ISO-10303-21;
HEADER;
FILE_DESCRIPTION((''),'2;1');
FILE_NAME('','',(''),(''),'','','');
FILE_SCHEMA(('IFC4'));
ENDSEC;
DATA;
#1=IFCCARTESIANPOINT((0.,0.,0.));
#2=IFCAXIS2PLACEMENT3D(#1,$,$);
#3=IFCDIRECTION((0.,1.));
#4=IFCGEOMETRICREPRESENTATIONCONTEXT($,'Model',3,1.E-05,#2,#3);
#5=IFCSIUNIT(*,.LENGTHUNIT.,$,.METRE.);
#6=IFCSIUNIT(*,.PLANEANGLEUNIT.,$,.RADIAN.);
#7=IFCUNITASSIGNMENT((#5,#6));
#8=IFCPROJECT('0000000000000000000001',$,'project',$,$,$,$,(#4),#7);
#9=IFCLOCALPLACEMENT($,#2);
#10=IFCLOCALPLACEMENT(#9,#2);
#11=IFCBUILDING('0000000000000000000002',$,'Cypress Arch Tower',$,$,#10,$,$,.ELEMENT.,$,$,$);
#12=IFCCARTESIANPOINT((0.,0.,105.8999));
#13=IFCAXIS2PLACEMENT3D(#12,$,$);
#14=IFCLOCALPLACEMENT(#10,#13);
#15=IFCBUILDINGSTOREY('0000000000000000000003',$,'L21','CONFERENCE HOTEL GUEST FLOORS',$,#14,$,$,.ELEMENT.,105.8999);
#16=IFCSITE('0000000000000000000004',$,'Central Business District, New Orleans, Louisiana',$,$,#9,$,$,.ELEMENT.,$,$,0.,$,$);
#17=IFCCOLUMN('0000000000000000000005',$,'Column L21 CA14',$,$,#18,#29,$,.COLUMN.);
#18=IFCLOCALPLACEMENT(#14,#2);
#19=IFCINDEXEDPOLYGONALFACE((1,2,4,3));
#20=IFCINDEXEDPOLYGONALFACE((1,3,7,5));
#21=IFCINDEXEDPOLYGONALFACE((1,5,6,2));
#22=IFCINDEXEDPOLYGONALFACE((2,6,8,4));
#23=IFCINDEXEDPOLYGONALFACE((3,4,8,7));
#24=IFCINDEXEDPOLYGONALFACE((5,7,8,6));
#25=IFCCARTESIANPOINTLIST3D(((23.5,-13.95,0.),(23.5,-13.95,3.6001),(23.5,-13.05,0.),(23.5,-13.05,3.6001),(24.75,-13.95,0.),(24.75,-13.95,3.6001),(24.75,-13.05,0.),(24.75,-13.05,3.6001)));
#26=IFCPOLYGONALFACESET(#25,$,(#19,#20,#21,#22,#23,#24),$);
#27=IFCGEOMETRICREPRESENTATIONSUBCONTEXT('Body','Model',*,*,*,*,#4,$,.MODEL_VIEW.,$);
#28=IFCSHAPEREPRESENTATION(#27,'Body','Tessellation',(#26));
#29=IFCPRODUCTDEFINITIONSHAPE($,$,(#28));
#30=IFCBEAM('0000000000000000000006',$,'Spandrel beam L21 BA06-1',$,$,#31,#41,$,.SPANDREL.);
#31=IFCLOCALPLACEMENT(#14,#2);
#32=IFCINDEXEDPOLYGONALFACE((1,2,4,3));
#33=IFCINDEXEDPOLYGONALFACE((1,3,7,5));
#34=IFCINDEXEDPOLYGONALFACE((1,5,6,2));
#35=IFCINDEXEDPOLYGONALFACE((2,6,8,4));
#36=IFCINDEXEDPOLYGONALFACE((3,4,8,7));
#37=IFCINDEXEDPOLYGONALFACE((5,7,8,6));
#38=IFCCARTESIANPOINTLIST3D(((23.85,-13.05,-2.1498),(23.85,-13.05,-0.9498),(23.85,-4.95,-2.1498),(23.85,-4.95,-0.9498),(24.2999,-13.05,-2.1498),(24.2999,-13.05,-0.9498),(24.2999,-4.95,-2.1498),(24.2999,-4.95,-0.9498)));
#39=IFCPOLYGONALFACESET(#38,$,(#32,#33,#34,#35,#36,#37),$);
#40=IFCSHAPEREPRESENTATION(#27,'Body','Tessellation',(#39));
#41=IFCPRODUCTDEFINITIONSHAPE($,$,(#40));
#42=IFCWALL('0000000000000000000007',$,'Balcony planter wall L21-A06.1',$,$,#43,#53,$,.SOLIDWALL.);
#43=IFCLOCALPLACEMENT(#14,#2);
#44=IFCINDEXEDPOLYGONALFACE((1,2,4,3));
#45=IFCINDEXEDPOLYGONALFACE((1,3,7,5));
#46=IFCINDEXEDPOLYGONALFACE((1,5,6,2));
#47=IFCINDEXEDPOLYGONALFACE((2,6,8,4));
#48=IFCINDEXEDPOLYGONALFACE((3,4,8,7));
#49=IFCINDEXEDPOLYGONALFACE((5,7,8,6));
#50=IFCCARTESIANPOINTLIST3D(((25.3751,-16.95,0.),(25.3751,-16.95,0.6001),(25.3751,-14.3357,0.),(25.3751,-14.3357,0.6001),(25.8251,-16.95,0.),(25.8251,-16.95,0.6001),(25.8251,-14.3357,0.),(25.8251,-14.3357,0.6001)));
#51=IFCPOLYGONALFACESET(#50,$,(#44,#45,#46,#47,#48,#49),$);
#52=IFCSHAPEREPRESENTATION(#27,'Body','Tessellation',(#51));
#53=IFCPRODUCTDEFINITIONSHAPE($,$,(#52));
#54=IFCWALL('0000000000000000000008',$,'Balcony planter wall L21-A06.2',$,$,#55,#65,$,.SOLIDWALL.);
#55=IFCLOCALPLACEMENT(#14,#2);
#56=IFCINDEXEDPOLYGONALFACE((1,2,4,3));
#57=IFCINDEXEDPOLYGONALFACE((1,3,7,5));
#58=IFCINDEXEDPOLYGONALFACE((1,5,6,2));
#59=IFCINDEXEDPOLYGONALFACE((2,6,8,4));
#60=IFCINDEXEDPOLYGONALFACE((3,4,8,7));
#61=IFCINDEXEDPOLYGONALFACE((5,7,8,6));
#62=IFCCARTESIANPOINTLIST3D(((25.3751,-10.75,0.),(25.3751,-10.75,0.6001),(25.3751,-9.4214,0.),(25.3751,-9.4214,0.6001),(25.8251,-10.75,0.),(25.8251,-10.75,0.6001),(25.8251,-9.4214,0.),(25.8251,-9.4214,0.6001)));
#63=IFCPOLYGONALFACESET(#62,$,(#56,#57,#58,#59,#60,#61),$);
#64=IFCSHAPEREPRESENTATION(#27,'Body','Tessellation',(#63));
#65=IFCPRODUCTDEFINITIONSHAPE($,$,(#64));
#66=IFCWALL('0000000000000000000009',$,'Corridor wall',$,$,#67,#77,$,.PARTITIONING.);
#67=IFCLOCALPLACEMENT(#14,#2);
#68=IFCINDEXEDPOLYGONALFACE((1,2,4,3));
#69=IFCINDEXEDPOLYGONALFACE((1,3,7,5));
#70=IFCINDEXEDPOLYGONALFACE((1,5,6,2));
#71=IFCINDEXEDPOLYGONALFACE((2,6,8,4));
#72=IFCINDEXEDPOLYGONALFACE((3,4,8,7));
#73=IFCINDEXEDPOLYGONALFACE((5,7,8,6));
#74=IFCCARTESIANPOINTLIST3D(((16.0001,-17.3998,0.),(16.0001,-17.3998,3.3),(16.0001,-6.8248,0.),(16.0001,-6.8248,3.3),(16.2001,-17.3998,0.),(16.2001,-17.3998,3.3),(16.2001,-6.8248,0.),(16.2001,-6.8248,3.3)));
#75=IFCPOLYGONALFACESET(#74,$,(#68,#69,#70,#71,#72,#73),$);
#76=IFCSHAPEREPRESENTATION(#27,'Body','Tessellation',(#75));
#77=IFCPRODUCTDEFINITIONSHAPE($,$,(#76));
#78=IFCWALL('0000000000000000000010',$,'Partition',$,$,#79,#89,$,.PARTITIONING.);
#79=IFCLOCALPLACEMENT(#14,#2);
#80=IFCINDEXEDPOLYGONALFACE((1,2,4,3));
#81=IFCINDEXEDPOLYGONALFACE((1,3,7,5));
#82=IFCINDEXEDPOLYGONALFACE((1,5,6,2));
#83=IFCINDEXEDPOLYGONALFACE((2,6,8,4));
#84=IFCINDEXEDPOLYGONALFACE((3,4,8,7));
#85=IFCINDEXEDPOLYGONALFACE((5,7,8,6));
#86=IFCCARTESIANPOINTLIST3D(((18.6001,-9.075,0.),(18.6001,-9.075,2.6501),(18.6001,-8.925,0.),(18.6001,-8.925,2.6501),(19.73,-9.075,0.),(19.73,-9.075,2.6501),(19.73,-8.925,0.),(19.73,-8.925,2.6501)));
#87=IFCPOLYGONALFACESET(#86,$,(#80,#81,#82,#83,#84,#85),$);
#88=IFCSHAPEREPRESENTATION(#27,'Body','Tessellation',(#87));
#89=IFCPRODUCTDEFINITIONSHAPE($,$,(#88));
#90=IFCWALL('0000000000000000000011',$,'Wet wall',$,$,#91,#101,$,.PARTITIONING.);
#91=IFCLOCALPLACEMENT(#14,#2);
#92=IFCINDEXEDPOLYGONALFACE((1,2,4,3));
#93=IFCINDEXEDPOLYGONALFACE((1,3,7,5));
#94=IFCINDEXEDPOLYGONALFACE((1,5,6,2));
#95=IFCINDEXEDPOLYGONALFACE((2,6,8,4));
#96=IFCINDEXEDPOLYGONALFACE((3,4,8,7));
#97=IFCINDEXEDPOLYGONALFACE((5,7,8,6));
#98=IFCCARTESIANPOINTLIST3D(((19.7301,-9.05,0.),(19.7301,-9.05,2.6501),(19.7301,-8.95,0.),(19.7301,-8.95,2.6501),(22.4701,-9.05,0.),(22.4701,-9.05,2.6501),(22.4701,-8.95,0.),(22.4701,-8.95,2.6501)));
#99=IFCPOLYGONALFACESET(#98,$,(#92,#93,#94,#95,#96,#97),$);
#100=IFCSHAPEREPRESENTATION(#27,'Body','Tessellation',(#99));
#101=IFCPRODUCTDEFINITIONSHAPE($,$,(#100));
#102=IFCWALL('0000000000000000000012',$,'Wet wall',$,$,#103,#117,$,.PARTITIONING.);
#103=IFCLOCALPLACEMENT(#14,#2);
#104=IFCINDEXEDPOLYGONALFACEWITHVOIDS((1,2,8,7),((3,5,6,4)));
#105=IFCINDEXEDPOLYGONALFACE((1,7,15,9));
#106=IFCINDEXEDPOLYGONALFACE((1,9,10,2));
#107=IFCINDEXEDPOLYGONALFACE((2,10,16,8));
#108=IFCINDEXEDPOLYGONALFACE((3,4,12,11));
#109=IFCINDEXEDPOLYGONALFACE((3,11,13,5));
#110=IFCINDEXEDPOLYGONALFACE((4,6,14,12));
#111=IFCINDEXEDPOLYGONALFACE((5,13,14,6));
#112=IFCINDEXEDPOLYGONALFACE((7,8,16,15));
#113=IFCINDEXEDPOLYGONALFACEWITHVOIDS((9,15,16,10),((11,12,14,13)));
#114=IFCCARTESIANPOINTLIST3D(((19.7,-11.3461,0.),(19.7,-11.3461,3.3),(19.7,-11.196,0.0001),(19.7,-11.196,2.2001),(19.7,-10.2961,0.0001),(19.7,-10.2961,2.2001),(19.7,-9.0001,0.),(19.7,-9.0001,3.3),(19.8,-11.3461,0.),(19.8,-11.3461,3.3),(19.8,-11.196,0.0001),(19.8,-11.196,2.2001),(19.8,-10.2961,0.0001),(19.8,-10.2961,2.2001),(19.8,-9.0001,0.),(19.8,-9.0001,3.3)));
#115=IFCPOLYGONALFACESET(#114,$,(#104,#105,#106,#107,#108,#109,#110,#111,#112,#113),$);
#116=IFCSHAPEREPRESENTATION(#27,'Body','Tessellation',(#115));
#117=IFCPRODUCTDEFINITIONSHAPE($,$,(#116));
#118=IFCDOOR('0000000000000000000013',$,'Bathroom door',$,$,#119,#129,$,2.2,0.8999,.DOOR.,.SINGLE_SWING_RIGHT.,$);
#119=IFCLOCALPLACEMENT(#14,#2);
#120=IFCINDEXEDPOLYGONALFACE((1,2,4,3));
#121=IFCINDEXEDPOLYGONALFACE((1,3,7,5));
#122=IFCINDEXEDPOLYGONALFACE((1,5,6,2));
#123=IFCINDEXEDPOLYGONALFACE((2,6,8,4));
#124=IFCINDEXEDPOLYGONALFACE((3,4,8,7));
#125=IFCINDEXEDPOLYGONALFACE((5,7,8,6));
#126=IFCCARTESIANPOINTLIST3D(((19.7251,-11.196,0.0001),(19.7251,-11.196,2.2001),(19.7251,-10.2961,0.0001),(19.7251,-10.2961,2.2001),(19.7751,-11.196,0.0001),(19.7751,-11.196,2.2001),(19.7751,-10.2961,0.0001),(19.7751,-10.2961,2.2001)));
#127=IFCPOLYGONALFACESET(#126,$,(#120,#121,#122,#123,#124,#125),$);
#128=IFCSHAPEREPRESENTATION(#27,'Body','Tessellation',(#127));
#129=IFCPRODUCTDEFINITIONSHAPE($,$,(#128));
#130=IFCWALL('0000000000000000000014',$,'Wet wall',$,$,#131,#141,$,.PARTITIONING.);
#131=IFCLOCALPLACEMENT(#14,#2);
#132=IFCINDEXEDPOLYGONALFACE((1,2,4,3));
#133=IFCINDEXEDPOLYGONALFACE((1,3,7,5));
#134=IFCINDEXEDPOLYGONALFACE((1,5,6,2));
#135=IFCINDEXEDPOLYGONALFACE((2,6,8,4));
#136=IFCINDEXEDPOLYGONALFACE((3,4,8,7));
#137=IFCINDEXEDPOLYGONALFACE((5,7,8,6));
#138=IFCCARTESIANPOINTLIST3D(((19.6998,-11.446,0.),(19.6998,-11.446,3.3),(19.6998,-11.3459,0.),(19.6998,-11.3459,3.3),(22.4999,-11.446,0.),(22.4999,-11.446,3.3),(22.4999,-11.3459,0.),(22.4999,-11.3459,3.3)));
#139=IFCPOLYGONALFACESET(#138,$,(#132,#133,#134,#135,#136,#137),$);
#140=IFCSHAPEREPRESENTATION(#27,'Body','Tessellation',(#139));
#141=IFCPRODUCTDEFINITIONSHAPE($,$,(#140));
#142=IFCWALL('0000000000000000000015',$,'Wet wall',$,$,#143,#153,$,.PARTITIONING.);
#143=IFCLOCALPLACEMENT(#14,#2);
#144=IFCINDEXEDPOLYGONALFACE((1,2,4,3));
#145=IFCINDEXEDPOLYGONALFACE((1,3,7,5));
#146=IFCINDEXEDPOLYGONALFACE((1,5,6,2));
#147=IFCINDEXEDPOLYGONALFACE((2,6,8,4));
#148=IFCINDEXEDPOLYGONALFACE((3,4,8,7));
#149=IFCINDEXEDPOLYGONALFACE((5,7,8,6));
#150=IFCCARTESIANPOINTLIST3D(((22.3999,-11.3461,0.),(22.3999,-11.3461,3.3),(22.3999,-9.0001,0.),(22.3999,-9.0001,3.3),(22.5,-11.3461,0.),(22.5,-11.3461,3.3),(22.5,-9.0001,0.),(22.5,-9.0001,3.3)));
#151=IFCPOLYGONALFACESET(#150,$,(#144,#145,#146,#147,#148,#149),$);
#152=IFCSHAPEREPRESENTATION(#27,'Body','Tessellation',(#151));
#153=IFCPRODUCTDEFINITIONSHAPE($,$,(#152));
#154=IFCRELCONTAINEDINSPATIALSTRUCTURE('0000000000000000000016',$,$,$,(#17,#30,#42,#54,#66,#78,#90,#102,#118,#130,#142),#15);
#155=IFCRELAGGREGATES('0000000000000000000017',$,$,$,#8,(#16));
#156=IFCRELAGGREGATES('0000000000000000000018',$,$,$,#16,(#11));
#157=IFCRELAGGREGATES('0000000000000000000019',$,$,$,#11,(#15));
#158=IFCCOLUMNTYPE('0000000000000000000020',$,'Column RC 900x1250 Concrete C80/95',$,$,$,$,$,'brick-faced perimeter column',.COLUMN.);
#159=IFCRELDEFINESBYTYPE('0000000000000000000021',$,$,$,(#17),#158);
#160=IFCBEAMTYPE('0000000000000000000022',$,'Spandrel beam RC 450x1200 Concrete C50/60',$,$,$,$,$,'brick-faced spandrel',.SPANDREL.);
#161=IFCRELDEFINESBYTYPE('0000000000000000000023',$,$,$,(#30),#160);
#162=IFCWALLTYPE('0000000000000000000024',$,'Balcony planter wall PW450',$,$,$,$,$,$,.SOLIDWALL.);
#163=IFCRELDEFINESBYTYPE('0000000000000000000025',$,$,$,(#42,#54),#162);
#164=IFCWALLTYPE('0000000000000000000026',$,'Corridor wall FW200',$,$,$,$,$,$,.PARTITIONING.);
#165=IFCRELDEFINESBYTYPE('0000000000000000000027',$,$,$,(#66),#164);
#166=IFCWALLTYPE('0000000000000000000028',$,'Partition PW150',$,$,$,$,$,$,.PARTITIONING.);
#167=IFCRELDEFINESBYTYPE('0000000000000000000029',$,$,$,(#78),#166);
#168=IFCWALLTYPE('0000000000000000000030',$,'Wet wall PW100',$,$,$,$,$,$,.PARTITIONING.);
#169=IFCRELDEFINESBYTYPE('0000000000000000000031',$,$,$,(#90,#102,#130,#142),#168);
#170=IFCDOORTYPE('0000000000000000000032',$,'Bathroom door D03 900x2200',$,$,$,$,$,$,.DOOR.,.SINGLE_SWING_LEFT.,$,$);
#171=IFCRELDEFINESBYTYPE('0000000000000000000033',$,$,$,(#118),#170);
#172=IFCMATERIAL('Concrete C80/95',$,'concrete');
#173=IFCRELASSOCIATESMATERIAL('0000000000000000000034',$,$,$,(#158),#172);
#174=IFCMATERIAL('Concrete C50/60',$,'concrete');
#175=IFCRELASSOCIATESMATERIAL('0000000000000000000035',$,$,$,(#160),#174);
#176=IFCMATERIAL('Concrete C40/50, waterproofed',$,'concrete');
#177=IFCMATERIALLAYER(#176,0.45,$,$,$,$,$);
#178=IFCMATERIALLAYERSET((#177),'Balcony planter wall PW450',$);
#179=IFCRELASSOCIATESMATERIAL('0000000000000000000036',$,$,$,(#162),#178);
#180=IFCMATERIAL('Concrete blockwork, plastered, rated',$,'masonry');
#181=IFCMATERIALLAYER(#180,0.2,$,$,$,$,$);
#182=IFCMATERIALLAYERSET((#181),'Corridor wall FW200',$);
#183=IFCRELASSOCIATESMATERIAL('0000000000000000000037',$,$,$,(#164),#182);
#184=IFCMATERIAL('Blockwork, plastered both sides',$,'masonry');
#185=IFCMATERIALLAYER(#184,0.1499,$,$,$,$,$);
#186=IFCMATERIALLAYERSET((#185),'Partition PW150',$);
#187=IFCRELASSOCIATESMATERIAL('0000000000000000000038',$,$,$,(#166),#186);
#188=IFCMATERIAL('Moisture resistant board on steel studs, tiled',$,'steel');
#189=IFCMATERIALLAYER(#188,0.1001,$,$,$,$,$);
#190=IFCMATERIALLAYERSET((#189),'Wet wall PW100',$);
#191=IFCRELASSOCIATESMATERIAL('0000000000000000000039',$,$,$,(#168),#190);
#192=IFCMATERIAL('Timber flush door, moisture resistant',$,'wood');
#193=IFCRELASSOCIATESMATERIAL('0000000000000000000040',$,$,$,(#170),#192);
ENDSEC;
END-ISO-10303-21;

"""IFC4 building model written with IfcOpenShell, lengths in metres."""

from ifc_helpers import new_model, si_unit, direction, frame, frame_2d, origin, origin_2d, place, context, subcontext, project, spatial, rectangle, extrude, material, layer, layer_set, material_profile, profile_set, type_object, element, fill, save


model = new_model("IFC4")

# Units and contexts
model_context = context("Model", 3, precision=1e-05, world=origin(), true_north=direction((0.0, 1.0)))
body_context = subcontext(model_context, "Body", "Model", "MODEL_VIEW")
ifc_project = project(units=[si_unit("LENGTHUNIT", "METRE"), si_unit("PLANEANGLEUNIT", "RADIAN")], contexts=[model_context])

# Site, building, storey
site_placement = place(None, origin())
site = spatial("IfcSite", under=ifc_project, at=site_placement, Name="Central Business District, New Orleans, Louisiana", CompositionType="ELEMENT", RefElevation=0.0)
building_placement = place(site_placement, origin())
building = spatial("IfcBuilding", under=site, at=building_placement, Name="Cypress Arch Tower", CompositionType="ELEMENT")
storey_placement = place(building_placement, frame((0.0, 0.0, 105.8999)))
storey = spatial("IfcBuildingStorey", under=building, at=storey_placement, Name="L21", Description="CONFERENCE HOTEL GUEST FLOORS", CompositionType="ELEMENT", Elevation=105.8999)

# Column
ifc_material_1 = material(Name="Concrete C80/95", Category="concrete")
ifc_material_profile_1 = material_profile(ifc_material_1, rectangle(XDim=0.8999, YDim=1.25, at=origin_2d()), Name="RC 900x1250")
ifc_profile_set_1 = profile_set([ifc_material_profile_1], Name="Concrete C80/95")
column_type = type_object("IfcColumnType", Name="Column RC 900x1250 Concrete C80/95", ElementType="brick-faced perimeter column", PredefinedType="COLUMN", material=ifc_profile_set_1)
column_placement = place(storey_placement, frame((24.125, -13.5, 0.0), z_axis=(0.0, 0.0, 1.0), x_axis=(0.0, 1.0, 0.0)))
element("IfcColumn", 1, at=column_placement, inside=storey, type_object=column_type, Name="Column L21 CA14", PredefinedType="COLUMN", context=body_context, shape_type="SweptSolid", body=[
    extrude(rectangle(XDim=0.8999, YDim=1.25, at=origin_2d()), origin(), (0.0, 0.0, 1.0), 3.6001),
])

# Beam
ifc_material_2 = material(Name="Concrete C50/60", Category="concrete")
ifc_material_profile_2 = material_profile(ifc_material_2, rectangle(XDim=0.45, YDim=1.2, at=origin_2d()), Name="RC 450x1200")
ifc_profile_set_2 = profile_set([ifc_material_profile_2], Name="Concrete C50/60")
beam_type = type_object("IfcBeamType", Name="Spandrel beam RC 450x1200 Concrete C50/60", ElementType="brick-faced spandrel", PredefinedType="SPANDREL", material=ifc_profile_set_2)
beam_placement = place(storey_placement, frame((24.075, -13.05, -1.5498), z_axis=(0.0, 1.0, 0.0), x_axis=(-1.0, 0.0, 0.0)))
element("IfcBeam", 2, at=beam_placement, inside=storey, type_object=beam_type, Name="Spandrel beam L21 BA06-1", PredefinedType="SPANDREL", context=body_context, shape_type="SweptSolid", body=[
    extrude(rectangle(XDim=0.45, YDim=1.2, at=origin_2d()), origin(), (0.0, 0.0, 1.0), 8.1001),
])

# Walls
ifc_material_3 = material(Name="Concrete C40/50, waterproofed", Category="concrete")
ifc_layer_1 = layer(ifc_material_3, 0.45)
ifc_layer_set_1 = layer_set([ifc_layer_1], Name="Balcony planter wall PW450")
wall_type_1 = type_object("IfcWallType", Name="Balcony planter wall PW450", PredefinedType="SOLIDWALL", material=ifc_layer_set_1)
wall_1_placement = place(storey_placement, frame((25.6001, -16.95, 0.0), z_axis=(0.0, 0.0, 1.0), x_axis=(0.0, 1.0, 0.0)))
element("IfcWall", 3, at=wall_1_placement, inside=storey, type_object=wall_type_1, Name="Balcony planter wall L21-A06.1", PredefinedType="SOLIDWALL", context=body_context, shape_type="SweptSolid", body=[
    extrude(rectangle(XDim=2.6143, YDim=0.45, at=frame_2d((1.3071, 0.0))), origin(), (0.0, 0.0, 1.0), 0.6001),
])
wall_2_placement = place(storey_placement, frame((25.6001, -10.75, 0.0), z_axis=(0.0, 0.0, 1.0), x_axis=(0.0, 1.0, 0.0)))
element("IfcWall", 4, at=wall_2_placement, inside=storey, type_object=wall_type_1, Name="Balcony planter wall L21-A06.2", PredefinedType="SOLIDWALL", context=body_context, shape_type="SweptSolid", body=[
    extrude(rectangle(XDim=1.3286, YDim=0.45, at=frame_2d((0.6643, 0.0))), origin(), (0.0, 0.0, 1.0), 0.6001),
])

# Walls
ifc_material_4 = material(Name="Concrete blockwork, plastered, rated", Category="masonry")
ifc_layer_2 = layer(ifc_material_4, 0.2)
ifc_layer_set_2 = layer_set([ifc_layer_2], Name="Corridor wall FW200")
wall_type_2 = type_object("IfcWallType", Name="Corridor wall FW200", PredefinedType="PARTITIONING", material=ifc_layer_set_2)
wall_3_placement = place(storey_placement, frame((16.1001, -17.3999, 0.0), z_axis=(0.0, 0.0, 1.0), x_axis=(0.0, 1.0, 0.0)))
element("IfcWall", 5, at=wall_3_placement, inside=storey, type_object=wall_type_2, Name="Corridor wall", PredefinedType="PARTITIONING", context=body_context, shape_type="SweptSolid", body=[
    extrude(rectangle(XDim=10.575, YDim=0.2, at=frame_2d((5.2876, 0.0))), origin(), (0.0, 0.0, 1.0), 3.3),
])
ifc_material_5 = material(Name="Blockwork, plastered both sides", Category="masonry")
ifc_layer_3 = layer(ifc_material_5, 0.1499)
ifc_layer_set_3 = layer_set([ifc_layer_3], Name="Partition PW150")
wall_type_3 = type_object("IfcWallType", Name="Partition PW150", PredefinedType="PARTITIONING", material=ifc_layer_set_3)
wall_4_placement = place(storey_placement, frame((18.6001, -9.0, 0.0), z_axis=(0.0, 0.0, 1.0), x_axis=(1.0, 0.0, 0.0)))
element("IfcWall", 6, at=wall_4_placement, inside=storey, type_object=wall_type_3, Name="Partition", PredefinedType="PARTITIONING", context=body_context, shape_type="SweptSolid", body=[
    extrude(rectangle(XDim=1.1299, YDim=0.1499, at=frame_2d((0.5649, 0.0))), origin(), (0.0, 0.0, 1.0), 2.6501),
])
ifc_material_6 = material(Name="Moisture resistant board on steel studs, tiled", Category="steel")
ifc_layer_4 = layer(ifc_material_6, 0.1001)
ifc_layer_set_4 = layer_set([ifc_layer_4], Name="Wet wall PW100")
wall_type_4 = type_object("IfcWallType", Name="Wet wall PW100", PredefinedType="PARTITIONING", material=ifc_layer_set_4)
wall_5_placement = place(storey_placement, frame((19.73, -9.0, 0.0), z_axis=(0.0, 0.0, 1.0), x_axis=(1.0, 0.0, 0.0)))
element("IfcWall", 7, at=wall_5_placement, inside=storey, type_object=wall_type_4, Name="Wet wall", PredefinedType="PARTITIONING", context=body_context, shape_type="SweptSolid", body=[
    extrude(rectangle(XDim=2.74, YDim=0.1001, at=frame_2d((1.3701, 0.0))), origin(), (0.0, 0.0, 1.0), 2.6501),
])

# Wall, opening, door
wall_6_placement = place(storey_placement, frame((19.75, -11.3459, 0.0), z_axis=(0.0, 0.0, 1.0), x_axis=(0.0, 1.0, 0.0)))
wall_6 = element("IfcWall", 8, at=wall_6_placement, inside=storey, type_object=wall_type_4, Name="Wet wall", PredefinedType="PARTITIONING", context=body_context, shape_type="SweptSolid", body=[
    extrude(rectangle(XDim=2.3459, YDim=0.1001, at=frame_2d((1.1729, 0.0))), origin(), (0.0, 0.0, 1.0), 3.3),
])
opening_1_placement = place(wall_6_placement, frame((0.1499, 0.0, 0.0)))
opening_1 = element("IfcOpeningElement", 9, at=opening_1_placement, cuts=wall_6, PredefinedType="OPENING", context=body_context, shape_type="SweptSolid", body=[
    extrude(rectangle(XDim=0.8999, YDim=2.2, at=frame_2d((0.45, 1.1001))), frame((0.0, 0.0601, 0.0), z_axis=(0.0, -1.0, 0.0), x_axis=(1.0, 0.0, 0.0)), (0.0, 0.0, 1.0), 0.1201),
])
ifc_material_7 = material(Name="Timber flush door, moisture resistant", Category="wood")
door_type_1 = type_object("IfcDoorType", Name="Bathroom door D03 900x2200", OperationType="SINGLE_SWING_LEFT", PredefinedType="DOOR", material=ifc_material_7)
door_1_placement = place(opening_1_placement, origin())
door_1 = element("IfcDoor", 10, at=door_1_placement, inside=storey, type_object=door_type_1, Name="Bathroom door", OperationType="SINGLE_SWING_RIGHT", OverallHeight=2.2, OverallWidth=0.8999, PredefinedType="DOOR", context=body_context, shape_type="SweptSolid", body=[
    extrude(rectangle(XDim=0.8999, YDim=2.2, at=frame_2d((0.45, 1.1001))), frame((0.0, 0.0249, 0.0), z_axis=(0.0, -1.0, 0.0), x_axis=(1.0, 0.0, 0.0)), (0.0, 0.0, 1.0), 0.05),
])
fill(opening_1, door_1)

# Walls
wall_7_placement = place(storey_placement, frame((19.7, -11.396, 0.0), z_axis=(0.0, 0.0, 1.0), x_axis=(1.0, 0.0, 0.0)))
element("IfcWall", 11, at=wall_7_placement, inside=storey, type_object=wall_type_4, Name="Wet wall", PredefinedType="PARTITIONING", context=body_context, shape_type="SweptSolid", body=[
    extrude(rectangle(XDim=2.8, YDim=0.1001, at=frame_2d((1.3999, 0.0))), origin(), (0.0, 0.0, 1.0), 3.3),
])
wall_8_placement = place(storey_placement, frame((22.45, -11.3459, 0.0), z_axis=(0.0, 0.0, 1.0), x_axis=(0.0, 1.0, 0.0)))
element("IfcWall", 12, at=wall_8_placement, inside=storey, type_object=wall_type_4, Name="Wet wall", PredefinedType="PARTITIONING", context=body_context, shape_type="SweptSolid", body=[
    extrude(rectangle(XDim=2.3459, YDim=0.1001, at=frame_2d((1.1729, 0.0))), origin(), (0.0, 0.0, 1.0), 3.3),
])

save(model, "model.ifc")
